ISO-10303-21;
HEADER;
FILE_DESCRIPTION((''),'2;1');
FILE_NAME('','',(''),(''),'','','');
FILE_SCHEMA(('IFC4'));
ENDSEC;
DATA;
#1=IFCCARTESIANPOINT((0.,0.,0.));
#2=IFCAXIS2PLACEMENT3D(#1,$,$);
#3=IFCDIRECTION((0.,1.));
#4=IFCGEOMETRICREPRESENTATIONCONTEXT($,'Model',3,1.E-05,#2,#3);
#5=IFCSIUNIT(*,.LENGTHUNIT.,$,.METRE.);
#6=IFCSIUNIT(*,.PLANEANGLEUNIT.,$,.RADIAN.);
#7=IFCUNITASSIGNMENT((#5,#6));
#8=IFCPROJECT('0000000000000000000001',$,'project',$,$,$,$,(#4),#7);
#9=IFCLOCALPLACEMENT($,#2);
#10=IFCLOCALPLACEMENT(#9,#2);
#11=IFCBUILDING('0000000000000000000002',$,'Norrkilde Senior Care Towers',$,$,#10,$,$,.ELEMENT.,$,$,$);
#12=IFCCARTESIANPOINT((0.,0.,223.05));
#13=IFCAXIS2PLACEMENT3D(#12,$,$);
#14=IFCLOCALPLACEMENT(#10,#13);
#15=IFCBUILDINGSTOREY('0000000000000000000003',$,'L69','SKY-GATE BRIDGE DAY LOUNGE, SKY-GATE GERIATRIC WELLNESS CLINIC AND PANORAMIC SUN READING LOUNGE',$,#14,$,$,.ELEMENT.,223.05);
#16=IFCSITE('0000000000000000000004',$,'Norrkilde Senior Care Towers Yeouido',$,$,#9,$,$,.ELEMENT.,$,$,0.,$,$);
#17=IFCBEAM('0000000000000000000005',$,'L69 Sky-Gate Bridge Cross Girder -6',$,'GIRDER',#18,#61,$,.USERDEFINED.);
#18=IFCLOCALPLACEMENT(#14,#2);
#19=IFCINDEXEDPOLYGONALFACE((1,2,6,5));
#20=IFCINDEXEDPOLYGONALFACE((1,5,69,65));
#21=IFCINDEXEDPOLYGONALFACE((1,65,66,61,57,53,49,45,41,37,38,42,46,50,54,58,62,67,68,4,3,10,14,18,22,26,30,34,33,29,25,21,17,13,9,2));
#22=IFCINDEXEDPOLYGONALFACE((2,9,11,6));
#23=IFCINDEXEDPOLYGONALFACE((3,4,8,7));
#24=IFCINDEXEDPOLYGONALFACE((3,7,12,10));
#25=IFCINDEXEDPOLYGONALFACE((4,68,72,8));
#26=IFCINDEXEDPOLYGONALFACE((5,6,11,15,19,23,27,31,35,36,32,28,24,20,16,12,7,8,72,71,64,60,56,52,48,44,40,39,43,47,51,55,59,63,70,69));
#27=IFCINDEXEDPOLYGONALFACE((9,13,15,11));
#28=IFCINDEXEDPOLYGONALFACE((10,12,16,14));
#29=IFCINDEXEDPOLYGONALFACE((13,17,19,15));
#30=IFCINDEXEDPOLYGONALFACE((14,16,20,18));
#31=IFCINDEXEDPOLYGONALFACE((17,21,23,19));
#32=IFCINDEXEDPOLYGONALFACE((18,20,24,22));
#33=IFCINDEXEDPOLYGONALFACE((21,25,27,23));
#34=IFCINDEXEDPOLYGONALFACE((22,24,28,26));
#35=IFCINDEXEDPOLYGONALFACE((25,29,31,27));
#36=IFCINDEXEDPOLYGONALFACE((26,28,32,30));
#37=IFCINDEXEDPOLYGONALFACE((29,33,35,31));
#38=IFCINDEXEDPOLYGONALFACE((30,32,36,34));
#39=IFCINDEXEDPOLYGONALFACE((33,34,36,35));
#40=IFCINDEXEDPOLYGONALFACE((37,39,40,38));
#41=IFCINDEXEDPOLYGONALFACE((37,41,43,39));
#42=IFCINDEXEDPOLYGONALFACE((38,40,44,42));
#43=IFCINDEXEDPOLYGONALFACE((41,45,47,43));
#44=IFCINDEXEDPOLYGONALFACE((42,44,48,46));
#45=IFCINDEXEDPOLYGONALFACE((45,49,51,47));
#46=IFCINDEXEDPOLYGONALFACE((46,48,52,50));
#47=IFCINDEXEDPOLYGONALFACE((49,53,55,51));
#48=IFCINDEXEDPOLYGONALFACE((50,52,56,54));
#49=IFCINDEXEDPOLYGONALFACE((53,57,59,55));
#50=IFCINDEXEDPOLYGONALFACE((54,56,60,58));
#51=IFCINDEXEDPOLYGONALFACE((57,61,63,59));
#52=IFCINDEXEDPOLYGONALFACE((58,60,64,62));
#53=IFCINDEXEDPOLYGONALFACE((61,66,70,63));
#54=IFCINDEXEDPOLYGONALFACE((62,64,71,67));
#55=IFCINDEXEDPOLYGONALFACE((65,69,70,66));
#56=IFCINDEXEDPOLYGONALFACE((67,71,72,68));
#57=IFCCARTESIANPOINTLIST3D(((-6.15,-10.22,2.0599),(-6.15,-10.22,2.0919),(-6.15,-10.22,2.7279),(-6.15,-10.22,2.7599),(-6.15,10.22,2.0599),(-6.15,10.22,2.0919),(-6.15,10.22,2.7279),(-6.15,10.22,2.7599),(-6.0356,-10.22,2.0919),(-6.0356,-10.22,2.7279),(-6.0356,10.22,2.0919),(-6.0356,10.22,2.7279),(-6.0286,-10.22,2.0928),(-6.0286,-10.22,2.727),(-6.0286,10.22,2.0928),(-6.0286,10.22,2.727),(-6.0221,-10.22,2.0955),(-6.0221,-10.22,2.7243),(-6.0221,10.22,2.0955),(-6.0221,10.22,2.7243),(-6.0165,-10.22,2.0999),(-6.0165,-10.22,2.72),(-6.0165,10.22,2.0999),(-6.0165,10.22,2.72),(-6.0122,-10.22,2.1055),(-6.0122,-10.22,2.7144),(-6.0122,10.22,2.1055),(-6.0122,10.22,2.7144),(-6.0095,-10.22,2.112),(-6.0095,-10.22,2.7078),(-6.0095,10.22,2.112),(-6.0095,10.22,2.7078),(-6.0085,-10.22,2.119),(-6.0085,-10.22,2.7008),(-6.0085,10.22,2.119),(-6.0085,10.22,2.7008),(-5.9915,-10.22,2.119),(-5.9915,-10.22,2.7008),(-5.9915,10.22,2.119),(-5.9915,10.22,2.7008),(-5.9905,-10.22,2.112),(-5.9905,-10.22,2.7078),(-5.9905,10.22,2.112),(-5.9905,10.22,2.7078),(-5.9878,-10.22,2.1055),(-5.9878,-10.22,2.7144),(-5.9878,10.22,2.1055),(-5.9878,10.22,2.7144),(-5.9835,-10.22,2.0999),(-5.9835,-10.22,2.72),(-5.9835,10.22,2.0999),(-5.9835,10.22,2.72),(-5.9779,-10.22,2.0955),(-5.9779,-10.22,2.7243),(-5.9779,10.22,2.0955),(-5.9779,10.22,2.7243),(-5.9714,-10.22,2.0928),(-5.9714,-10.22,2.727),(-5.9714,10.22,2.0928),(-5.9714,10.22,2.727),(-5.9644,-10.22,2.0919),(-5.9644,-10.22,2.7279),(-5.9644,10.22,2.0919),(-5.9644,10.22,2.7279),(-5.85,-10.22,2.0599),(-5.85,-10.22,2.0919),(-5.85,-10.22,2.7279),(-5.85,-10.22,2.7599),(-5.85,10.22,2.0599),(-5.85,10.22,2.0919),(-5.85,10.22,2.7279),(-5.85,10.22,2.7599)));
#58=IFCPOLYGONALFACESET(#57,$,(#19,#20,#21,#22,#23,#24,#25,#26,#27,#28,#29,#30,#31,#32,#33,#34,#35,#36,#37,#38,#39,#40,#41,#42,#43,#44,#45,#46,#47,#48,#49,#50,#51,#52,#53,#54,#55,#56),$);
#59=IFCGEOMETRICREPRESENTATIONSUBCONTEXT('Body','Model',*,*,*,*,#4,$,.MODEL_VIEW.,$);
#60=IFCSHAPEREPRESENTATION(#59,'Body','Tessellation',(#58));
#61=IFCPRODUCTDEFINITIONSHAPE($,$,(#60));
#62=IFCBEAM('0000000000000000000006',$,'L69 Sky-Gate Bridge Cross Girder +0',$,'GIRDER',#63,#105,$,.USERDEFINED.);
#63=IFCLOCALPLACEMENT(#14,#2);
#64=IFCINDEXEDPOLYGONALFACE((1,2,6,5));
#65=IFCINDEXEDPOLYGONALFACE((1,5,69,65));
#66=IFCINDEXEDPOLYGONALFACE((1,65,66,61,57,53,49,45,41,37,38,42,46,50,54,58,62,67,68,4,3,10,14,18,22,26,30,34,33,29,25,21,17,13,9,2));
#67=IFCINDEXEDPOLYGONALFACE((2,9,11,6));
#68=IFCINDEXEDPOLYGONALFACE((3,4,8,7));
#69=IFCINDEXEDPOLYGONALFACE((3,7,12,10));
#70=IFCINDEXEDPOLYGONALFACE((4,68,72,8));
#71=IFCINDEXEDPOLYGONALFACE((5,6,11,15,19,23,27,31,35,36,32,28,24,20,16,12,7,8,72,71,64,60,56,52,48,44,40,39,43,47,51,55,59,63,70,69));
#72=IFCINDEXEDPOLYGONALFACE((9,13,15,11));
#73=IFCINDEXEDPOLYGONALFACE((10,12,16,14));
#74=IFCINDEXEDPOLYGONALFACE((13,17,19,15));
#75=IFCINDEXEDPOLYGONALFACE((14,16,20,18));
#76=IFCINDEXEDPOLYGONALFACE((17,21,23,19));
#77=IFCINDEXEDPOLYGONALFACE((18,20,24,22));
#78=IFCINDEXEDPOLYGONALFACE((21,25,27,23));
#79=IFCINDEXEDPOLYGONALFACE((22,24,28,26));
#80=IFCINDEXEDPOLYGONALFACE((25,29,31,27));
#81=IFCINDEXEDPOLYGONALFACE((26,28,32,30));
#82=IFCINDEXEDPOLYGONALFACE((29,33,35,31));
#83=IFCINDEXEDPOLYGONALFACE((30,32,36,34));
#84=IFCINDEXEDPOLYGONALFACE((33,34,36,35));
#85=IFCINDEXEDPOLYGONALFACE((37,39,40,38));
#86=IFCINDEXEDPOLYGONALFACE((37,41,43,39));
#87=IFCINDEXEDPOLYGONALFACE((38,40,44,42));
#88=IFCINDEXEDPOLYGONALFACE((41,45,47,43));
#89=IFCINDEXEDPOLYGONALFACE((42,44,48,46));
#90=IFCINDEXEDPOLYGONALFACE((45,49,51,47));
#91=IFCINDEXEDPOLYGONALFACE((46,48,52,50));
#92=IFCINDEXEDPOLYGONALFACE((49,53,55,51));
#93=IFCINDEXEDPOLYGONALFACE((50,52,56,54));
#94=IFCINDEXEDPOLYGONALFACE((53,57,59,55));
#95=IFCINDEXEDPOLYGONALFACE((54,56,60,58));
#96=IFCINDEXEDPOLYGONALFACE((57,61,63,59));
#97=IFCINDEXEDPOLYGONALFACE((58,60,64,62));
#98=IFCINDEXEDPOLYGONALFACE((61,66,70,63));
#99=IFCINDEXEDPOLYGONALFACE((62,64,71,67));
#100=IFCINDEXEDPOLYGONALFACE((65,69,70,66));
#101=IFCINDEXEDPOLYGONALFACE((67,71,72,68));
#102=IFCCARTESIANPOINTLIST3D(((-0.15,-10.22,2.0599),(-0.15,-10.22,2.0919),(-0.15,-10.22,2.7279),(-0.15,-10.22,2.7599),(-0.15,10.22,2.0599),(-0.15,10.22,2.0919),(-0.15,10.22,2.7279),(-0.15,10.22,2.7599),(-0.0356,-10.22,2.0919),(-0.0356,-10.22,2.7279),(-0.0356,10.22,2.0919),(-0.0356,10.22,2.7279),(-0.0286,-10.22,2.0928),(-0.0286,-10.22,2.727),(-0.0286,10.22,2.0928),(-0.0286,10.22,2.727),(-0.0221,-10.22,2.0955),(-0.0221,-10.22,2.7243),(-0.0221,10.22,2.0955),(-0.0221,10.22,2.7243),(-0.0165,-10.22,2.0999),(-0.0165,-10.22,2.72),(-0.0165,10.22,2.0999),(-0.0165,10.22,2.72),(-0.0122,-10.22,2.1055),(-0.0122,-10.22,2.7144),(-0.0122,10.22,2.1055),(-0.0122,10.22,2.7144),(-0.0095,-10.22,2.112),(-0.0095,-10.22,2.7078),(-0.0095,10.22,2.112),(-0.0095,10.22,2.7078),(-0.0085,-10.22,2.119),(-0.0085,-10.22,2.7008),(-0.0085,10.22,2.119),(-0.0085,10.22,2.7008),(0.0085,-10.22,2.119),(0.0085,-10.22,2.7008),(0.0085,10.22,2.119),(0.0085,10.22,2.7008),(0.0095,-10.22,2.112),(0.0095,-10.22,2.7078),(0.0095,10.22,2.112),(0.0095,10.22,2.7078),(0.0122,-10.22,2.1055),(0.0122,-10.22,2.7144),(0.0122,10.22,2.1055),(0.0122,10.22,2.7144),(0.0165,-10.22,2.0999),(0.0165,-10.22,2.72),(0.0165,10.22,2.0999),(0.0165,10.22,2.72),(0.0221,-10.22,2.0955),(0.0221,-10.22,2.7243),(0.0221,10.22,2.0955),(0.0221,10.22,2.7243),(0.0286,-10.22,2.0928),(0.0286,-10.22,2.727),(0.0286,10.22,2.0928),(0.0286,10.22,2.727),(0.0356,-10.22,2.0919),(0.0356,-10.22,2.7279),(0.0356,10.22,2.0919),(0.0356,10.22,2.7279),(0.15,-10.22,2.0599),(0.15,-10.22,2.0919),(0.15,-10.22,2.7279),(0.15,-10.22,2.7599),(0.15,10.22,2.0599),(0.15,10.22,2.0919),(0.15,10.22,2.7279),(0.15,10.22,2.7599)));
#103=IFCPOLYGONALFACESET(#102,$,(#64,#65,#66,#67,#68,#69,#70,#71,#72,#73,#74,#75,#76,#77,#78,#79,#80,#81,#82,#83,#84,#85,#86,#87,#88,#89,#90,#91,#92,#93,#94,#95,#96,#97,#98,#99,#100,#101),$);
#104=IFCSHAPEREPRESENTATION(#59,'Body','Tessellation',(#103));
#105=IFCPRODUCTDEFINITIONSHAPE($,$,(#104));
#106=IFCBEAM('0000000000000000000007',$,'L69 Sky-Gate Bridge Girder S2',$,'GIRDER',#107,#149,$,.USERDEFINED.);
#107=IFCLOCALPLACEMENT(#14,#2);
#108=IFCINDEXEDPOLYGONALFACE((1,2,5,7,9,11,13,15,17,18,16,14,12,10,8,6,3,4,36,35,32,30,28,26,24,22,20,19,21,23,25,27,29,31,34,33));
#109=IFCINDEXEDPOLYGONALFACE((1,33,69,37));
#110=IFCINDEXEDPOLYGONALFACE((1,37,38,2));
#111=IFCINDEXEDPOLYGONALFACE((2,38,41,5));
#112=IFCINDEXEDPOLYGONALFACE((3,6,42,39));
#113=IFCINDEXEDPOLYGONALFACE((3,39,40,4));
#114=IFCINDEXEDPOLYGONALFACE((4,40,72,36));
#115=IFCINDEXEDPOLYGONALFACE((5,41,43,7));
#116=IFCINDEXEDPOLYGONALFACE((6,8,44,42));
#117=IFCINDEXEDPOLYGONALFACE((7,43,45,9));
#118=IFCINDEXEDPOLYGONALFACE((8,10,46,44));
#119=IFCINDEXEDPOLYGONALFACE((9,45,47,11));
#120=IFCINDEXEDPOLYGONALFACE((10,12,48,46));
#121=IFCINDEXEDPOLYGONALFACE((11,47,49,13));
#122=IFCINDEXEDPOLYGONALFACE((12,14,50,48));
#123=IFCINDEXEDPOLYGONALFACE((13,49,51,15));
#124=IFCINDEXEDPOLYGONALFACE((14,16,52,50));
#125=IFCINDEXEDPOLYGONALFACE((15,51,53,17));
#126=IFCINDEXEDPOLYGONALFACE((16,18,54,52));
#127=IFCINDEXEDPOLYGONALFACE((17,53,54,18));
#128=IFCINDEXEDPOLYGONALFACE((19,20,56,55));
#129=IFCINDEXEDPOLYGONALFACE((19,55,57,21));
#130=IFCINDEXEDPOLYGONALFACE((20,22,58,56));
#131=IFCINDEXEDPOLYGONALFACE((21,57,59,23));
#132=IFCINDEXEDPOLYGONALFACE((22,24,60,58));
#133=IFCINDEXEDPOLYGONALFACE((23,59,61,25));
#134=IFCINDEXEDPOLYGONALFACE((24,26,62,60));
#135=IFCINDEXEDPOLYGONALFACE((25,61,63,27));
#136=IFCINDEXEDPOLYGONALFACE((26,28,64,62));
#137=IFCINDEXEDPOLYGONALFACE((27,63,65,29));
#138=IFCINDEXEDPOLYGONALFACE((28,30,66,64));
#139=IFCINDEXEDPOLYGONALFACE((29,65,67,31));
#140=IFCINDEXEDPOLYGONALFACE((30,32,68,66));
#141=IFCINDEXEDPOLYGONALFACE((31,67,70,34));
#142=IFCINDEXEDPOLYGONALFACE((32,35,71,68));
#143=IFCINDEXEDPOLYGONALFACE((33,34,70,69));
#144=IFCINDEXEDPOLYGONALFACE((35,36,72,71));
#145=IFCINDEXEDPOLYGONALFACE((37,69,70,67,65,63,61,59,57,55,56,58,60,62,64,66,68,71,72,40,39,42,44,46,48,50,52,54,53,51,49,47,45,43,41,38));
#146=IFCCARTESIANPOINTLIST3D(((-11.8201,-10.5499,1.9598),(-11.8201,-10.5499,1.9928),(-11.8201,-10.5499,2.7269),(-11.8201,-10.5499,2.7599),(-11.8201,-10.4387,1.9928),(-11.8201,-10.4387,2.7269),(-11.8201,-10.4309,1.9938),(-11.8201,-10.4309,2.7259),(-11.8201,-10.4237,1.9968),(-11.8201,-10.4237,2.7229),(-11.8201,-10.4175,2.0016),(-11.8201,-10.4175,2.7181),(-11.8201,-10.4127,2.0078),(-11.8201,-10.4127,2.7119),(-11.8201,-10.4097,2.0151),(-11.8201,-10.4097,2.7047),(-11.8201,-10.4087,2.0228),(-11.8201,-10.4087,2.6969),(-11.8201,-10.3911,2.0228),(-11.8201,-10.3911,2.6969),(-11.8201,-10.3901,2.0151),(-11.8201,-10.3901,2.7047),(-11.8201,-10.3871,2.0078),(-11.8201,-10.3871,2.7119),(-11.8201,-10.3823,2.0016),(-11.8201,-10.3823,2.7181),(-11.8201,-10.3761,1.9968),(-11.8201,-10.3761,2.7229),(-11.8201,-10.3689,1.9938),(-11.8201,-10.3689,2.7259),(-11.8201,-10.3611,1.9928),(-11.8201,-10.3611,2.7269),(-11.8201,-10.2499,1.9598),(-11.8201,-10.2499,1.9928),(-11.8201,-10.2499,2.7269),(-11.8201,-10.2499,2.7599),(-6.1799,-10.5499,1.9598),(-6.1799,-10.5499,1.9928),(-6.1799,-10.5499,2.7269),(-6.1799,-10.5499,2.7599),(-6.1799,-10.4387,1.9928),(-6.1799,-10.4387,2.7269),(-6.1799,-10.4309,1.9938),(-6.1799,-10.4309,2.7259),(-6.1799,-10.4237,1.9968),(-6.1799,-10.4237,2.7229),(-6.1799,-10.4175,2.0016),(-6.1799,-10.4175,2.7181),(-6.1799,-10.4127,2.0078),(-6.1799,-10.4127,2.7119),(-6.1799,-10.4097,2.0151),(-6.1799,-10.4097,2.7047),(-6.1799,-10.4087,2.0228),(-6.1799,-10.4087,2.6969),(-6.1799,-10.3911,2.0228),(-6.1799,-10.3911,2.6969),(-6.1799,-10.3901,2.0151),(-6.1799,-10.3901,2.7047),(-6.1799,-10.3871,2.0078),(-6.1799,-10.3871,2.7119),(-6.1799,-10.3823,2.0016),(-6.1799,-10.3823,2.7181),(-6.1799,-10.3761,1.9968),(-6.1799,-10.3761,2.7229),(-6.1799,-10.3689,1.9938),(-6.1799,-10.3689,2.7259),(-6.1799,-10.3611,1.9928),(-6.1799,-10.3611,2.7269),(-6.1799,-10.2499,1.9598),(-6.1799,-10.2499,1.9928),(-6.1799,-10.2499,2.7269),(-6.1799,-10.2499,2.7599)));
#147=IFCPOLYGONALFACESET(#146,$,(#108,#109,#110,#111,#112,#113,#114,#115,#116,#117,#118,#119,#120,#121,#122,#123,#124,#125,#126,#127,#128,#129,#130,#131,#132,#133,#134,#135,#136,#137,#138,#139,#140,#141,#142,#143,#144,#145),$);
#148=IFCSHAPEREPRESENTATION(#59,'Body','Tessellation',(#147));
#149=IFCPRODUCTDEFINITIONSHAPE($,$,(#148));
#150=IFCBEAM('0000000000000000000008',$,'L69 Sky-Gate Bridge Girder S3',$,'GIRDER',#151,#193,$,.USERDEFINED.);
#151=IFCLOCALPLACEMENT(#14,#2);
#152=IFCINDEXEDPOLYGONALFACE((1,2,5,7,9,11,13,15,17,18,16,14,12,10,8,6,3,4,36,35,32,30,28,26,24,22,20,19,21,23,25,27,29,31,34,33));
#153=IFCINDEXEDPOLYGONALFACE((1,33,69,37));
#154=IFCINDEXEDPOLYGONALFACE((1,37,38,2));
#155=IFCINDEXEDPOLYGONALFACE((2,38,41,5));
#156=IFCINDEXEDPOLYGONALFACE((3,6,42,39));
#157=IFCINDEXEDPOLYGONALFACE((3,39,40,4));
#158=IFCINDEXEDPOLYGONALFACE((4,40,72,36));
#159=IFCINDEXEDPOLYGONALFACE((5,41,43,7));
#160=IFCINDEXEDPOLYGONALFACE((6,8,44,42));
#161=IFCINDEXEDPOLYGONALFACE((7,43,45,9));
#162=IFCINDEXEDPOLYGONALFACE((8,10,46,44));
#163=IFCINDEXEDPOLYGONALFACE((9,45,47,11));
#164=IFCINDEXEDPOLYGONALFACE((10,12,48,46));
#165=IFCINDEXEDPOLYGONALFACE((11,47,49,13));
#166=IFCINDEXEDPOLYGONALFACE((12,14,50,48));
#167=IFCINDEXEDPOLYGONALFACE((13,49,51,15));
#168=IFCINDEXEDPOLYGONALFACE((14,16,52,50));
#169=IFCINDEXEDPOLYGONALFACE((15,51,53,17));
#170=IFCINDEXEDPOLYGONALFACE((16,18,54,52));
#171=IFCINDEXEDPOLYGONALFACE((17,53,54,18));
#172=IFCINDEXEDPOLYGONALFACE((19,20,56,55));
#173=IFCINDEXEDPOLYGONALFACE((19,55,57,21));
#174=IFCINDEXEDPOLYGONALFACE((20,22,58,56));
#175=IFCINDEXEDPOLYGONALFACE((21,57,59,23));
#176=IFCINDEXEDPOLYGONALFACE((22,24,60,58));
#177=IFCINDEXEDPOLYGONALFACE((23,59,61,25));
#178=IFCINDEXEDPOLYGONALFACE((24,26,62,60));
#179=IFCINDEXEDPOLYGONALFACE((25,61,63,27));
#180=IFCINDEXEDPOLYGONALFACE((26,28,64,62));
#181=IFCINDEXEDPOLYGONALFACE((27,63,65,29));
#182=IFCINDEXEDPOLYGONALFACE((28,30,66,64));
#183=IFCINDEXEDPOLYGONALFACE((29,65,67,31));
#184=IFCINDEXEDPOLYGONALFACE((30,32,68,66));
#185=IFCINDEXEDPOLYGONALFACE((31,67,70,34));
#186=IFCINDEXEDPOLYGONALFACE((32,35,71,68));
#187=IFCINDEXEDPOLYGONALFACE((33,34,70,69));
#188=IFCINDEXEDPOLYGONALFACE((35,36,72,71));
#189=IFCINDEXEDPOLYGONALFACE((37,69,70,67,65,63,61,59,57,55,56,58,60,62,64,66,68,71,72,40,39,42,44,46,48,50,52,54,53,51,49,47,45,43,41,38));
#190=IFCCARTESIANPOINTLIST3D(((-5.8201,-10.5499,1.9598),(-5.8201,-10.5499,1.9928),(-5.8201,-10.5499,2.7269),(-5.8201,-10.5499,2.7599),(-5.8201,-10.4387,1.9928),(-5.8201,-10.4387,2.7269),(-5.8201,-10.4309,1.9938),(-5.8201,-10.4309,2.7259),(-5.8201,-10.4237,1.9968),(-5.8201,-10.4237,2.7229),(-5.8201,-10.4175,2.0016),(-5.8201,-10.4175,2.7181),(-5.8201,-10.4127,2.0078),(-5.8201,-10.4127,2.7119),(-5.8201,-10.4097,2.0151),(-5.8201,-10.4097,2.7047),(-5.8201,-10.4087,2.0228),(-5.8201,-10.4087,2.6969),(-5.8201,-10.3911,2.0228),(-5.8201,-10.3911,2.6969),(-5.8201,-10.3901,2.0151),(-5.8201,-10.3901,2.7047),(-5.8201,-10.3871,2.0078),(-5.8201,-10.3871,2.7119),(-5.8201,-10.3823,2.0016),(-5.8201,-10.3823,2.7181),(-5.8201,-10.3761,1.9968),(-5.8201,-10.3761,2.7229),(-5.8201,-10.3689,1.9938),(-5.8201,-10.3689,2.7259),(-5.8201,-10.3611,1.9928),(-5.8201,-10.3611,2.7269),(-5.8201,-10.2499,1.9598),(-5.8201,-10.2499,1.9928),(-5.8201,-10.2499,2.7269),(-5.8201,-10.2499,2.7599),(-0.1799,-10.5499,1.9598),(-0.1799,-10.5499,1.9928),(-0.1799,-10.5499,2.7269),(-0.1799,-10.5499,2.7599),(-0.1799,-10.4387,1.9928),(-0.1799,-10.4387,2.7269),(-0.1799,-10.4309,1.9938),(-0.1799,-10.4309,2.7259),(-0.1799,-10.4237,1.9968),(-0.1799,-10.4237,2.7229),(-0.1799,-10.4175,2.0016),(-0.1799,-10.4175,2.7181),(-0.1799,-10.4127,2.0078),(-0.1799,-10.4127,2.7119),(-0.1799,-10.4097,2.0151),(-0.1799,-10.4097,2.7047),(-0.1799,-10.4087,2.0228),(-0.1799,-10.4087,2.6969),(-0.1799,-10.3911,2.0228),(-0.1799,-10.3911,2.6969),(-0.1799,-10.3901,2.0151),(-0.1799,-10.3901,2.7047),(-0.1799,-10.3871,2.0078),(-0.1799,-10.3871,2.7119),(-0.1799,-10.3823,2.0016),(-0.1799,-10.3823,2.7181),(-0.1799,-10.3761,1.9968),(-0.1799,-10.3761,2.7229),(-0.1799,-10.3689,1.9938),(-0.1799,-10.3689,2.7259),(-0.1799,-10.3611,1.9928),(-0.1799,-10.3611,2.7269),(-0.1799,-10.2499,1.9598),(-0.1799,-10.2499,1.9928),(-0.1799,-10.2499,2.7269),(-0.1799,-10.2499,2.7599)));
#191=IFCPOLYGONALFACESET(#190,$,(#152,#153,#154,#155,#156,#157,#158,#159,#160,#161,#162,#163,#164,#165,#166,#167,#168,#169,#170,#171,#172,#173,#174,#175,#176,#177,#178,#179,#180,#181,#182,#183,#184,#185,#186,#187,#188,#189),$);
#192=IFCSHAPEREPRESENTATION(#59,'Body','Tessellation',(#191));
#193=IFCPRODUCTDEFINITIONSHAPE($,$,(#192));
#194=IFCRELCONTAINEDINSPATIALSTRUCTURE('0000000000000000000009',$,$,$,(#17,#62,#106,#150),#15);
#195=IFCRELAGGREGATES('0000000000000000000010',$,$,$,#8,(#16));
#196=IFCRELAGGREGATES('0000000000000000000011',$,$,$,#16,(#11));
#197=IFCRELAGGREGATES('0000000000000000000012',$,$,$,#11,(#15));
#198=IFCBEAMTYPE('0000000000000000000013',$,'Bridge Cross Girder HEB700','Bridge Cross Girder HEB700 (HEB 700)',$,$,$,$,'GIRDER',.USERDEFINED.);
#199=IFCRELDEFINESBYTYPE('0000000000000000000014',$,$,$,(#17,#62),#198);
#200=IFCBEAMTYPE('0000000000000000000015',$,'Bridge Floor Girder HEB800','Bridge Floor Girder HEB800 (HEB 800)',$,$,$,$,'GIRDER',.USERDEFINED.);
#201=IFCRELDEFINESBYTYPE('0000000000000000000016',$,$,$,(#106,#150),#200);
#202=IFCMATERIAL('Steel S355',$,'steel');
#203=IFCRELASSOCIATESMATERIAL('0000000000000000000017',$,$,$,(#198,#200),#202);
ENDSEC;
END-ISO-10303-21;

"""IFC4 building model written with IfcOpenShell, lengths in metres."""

from ifc_helpers import new_model, si_unit, direction, frame, origin, origin_2d, place, context, subcontext, project, spatial, i_section, extrude, source, transform, mapped, material, material_profile, profile_set, type_object, type_shapes, element, save


model = new_model("IFC4")

# Units and contexts
model_context = context("Model", 3, precision=1e-05, world=origin(), true_north=direction((0.0, 1.0)))
body_context = subcontext(model_context, "Body", "Model", "MODEL_VIEW")
ifc_project = project(units=[si_unit("LENGTHUNIT", "METRE"), si_unit("PLANEANGLEUNIT", "RADIAN")], contexts=[model_context])

# Site, building, storey
site_placement = place(None, origin())
site = spatial("IfcSite", under=ifc_project, at=site_placement, Name="Norrkilde Senior Care Towers Yeouido", CompositionType="ELEMENT", RefElevation=0.0)
building_placement = place(site_placement, origin())
building = spatial("IfcBuilding", under=site, at=building_placement, Name="Norrkilde Senior Care Towers", CompositionType="ELEMENT")
storey_placement = place(building_placement, frame((0.0, 0.0, 223.05)))
storey = spatial("IfcBuildingStorey", under=building, at=storey_placement, Name="L69", Description="SKY-GATE BRIDGE DAY LOUNGE, SKY-GATE GERIATRIC WELLNESS CLINIC AND PANORAMIC SUN READING LOUNGE", CompositionType="ELEMENT", Elevation=223.05)

# Shared definitions
ifc_material_1 = material(Name="Steel S355", Category="steel")

# Beams
ifc_material_profile_1 = material_profile(ifc_material_1, i_section(OverallWidth=0.3, OverallDepth=0.7, WebThickness=0.0171, FlangeThickness=0.032, FilletRadius=0.0271, at=origin_2d()), Name="HEB 700")
ifc_profile_set_1 = profile_set([ifc_material_profile_1], Name="Steel S355")
beam_type_1 = type_object("IfcBeamType", Name="Bridge Cross Girder HEB700", Description="Bridge Cross Girder HEB700 (HEB 700)", ElementType="GIRDER", PredefinedType="USERDEFINED", material=ifc_profile_set_1)
shared_shape_1 = source(origin(), body_context, "Body", "SweptSolid", [
    extrude(i_section(OverallWidth=0.3, OverallDepth=0.7, WebThickness=0.0171, FlangeThickness=0.032, FilletRadius=0.0271, at=origin_2d()), origin(), (0.0, 0.0, 1.0), 20.4399),
])
for number, where, z_axis, x_axis, name in (
    (1, (-6.0, -10.22, 2.4099), (0.0, 1.0, 0.0), (-1.0, 0.0, 0.0), "L69 Sky-Gate Bridge Cross Girder -6"),
    (2, (0.0, -10.22, 2.4099), (0.0, 1.0, 0.0), (-1.0, 0.0, 0.0), "L69 Sky-Gate Bridge Cross Girder +0"),
):
    element("IfcBeam", number, at=place(storey_placement, frame(where, z_axis=z_axis, x_axis=x_axis)), inside=storey, type_object=beam_type_1, Name=name, ObjectType="GIRDER", PredefinedType="USERDEFINED", context=body_context, shape_type="MappedRepresentation", body=[
        mapped(shared_shape_1, transform((0.0, 0.0, 0.0), x_axis=(1.0, 0.0, 0.0), y_axis=(0.0, 1.0, 0.0), z_axis=(0.0, 0.0, 1.0), scale=1.0)),
    ])
ifc_material_profile_2 = material_profile(ifc_material_1, i_section(OverallWidth=0.3, OverallDepth=0.8, WebThickness=0.0176, FlangeThickness=0.033, FilletRadius=0.03, at=origin_2d()), Name="HEB 800")
ifc_profile_set_2 = profile_set([ifc_material_profile_2], Name="Steel S355")
beam_type_2 = type_object("IfcBeamType", Name="Bridge Floor Girder HEB800", Description="Bridge Floor Girder HEB800 (HEB 800)", ElementType="GIRDER", PredefinedType="USERDEFINED", material=ifc_profile_set_2)
shared_shape_2 = source(origin(), body_context, "Body", "SweptSolid", [
    extrude(i_section(OverallWidth=0.3, OverallDepth=0.8, WebThickness=0.0176, FlangeThickness=0.033, FilletRadius=0.03, at=origin_2d()), origin(), (0.0, 0.0, 1.0), 5.6401),
])
type_shapes(beam_type_2, [shared_shape_2])
for number, where, z_axis, x_axis, name in (
    (3, (-11.8201, -10.3999, 2.3599), (1.0, 0.0, 0.0), (0.0, 1.0, 0.0), "L69 Sky-Gate Bridge Girder S2"),
    (4, (-5.8201, -10.3999, 2.3599), (1.0, 0.0, 0.0), (0.0, 1.0, 0.0), "L69 Sky-Gate Bridge Girder S3"),
):
    element("IfcBeam", number, at=place(storey_placement, frame(where, z_axis=z_axis, x_axis=x_axis)), inside=storey, type_object=beam_type_2, Name=name, ObjectType="GIRDER", PredefinedType="USERDEFINED", context=body_context, shape_type="MappedRepresentation", body=[
        mapped(shared_shape_2, transform((0.0, 0.0, 0.0), x_axis=(1.0, 0.0, 0.0), y_axis=(0.0, 1.0, 0.0), z_axis=(0.0, 0.0, 1.0), scale=1.0)),
    ])

save(model, "model.ifc")
